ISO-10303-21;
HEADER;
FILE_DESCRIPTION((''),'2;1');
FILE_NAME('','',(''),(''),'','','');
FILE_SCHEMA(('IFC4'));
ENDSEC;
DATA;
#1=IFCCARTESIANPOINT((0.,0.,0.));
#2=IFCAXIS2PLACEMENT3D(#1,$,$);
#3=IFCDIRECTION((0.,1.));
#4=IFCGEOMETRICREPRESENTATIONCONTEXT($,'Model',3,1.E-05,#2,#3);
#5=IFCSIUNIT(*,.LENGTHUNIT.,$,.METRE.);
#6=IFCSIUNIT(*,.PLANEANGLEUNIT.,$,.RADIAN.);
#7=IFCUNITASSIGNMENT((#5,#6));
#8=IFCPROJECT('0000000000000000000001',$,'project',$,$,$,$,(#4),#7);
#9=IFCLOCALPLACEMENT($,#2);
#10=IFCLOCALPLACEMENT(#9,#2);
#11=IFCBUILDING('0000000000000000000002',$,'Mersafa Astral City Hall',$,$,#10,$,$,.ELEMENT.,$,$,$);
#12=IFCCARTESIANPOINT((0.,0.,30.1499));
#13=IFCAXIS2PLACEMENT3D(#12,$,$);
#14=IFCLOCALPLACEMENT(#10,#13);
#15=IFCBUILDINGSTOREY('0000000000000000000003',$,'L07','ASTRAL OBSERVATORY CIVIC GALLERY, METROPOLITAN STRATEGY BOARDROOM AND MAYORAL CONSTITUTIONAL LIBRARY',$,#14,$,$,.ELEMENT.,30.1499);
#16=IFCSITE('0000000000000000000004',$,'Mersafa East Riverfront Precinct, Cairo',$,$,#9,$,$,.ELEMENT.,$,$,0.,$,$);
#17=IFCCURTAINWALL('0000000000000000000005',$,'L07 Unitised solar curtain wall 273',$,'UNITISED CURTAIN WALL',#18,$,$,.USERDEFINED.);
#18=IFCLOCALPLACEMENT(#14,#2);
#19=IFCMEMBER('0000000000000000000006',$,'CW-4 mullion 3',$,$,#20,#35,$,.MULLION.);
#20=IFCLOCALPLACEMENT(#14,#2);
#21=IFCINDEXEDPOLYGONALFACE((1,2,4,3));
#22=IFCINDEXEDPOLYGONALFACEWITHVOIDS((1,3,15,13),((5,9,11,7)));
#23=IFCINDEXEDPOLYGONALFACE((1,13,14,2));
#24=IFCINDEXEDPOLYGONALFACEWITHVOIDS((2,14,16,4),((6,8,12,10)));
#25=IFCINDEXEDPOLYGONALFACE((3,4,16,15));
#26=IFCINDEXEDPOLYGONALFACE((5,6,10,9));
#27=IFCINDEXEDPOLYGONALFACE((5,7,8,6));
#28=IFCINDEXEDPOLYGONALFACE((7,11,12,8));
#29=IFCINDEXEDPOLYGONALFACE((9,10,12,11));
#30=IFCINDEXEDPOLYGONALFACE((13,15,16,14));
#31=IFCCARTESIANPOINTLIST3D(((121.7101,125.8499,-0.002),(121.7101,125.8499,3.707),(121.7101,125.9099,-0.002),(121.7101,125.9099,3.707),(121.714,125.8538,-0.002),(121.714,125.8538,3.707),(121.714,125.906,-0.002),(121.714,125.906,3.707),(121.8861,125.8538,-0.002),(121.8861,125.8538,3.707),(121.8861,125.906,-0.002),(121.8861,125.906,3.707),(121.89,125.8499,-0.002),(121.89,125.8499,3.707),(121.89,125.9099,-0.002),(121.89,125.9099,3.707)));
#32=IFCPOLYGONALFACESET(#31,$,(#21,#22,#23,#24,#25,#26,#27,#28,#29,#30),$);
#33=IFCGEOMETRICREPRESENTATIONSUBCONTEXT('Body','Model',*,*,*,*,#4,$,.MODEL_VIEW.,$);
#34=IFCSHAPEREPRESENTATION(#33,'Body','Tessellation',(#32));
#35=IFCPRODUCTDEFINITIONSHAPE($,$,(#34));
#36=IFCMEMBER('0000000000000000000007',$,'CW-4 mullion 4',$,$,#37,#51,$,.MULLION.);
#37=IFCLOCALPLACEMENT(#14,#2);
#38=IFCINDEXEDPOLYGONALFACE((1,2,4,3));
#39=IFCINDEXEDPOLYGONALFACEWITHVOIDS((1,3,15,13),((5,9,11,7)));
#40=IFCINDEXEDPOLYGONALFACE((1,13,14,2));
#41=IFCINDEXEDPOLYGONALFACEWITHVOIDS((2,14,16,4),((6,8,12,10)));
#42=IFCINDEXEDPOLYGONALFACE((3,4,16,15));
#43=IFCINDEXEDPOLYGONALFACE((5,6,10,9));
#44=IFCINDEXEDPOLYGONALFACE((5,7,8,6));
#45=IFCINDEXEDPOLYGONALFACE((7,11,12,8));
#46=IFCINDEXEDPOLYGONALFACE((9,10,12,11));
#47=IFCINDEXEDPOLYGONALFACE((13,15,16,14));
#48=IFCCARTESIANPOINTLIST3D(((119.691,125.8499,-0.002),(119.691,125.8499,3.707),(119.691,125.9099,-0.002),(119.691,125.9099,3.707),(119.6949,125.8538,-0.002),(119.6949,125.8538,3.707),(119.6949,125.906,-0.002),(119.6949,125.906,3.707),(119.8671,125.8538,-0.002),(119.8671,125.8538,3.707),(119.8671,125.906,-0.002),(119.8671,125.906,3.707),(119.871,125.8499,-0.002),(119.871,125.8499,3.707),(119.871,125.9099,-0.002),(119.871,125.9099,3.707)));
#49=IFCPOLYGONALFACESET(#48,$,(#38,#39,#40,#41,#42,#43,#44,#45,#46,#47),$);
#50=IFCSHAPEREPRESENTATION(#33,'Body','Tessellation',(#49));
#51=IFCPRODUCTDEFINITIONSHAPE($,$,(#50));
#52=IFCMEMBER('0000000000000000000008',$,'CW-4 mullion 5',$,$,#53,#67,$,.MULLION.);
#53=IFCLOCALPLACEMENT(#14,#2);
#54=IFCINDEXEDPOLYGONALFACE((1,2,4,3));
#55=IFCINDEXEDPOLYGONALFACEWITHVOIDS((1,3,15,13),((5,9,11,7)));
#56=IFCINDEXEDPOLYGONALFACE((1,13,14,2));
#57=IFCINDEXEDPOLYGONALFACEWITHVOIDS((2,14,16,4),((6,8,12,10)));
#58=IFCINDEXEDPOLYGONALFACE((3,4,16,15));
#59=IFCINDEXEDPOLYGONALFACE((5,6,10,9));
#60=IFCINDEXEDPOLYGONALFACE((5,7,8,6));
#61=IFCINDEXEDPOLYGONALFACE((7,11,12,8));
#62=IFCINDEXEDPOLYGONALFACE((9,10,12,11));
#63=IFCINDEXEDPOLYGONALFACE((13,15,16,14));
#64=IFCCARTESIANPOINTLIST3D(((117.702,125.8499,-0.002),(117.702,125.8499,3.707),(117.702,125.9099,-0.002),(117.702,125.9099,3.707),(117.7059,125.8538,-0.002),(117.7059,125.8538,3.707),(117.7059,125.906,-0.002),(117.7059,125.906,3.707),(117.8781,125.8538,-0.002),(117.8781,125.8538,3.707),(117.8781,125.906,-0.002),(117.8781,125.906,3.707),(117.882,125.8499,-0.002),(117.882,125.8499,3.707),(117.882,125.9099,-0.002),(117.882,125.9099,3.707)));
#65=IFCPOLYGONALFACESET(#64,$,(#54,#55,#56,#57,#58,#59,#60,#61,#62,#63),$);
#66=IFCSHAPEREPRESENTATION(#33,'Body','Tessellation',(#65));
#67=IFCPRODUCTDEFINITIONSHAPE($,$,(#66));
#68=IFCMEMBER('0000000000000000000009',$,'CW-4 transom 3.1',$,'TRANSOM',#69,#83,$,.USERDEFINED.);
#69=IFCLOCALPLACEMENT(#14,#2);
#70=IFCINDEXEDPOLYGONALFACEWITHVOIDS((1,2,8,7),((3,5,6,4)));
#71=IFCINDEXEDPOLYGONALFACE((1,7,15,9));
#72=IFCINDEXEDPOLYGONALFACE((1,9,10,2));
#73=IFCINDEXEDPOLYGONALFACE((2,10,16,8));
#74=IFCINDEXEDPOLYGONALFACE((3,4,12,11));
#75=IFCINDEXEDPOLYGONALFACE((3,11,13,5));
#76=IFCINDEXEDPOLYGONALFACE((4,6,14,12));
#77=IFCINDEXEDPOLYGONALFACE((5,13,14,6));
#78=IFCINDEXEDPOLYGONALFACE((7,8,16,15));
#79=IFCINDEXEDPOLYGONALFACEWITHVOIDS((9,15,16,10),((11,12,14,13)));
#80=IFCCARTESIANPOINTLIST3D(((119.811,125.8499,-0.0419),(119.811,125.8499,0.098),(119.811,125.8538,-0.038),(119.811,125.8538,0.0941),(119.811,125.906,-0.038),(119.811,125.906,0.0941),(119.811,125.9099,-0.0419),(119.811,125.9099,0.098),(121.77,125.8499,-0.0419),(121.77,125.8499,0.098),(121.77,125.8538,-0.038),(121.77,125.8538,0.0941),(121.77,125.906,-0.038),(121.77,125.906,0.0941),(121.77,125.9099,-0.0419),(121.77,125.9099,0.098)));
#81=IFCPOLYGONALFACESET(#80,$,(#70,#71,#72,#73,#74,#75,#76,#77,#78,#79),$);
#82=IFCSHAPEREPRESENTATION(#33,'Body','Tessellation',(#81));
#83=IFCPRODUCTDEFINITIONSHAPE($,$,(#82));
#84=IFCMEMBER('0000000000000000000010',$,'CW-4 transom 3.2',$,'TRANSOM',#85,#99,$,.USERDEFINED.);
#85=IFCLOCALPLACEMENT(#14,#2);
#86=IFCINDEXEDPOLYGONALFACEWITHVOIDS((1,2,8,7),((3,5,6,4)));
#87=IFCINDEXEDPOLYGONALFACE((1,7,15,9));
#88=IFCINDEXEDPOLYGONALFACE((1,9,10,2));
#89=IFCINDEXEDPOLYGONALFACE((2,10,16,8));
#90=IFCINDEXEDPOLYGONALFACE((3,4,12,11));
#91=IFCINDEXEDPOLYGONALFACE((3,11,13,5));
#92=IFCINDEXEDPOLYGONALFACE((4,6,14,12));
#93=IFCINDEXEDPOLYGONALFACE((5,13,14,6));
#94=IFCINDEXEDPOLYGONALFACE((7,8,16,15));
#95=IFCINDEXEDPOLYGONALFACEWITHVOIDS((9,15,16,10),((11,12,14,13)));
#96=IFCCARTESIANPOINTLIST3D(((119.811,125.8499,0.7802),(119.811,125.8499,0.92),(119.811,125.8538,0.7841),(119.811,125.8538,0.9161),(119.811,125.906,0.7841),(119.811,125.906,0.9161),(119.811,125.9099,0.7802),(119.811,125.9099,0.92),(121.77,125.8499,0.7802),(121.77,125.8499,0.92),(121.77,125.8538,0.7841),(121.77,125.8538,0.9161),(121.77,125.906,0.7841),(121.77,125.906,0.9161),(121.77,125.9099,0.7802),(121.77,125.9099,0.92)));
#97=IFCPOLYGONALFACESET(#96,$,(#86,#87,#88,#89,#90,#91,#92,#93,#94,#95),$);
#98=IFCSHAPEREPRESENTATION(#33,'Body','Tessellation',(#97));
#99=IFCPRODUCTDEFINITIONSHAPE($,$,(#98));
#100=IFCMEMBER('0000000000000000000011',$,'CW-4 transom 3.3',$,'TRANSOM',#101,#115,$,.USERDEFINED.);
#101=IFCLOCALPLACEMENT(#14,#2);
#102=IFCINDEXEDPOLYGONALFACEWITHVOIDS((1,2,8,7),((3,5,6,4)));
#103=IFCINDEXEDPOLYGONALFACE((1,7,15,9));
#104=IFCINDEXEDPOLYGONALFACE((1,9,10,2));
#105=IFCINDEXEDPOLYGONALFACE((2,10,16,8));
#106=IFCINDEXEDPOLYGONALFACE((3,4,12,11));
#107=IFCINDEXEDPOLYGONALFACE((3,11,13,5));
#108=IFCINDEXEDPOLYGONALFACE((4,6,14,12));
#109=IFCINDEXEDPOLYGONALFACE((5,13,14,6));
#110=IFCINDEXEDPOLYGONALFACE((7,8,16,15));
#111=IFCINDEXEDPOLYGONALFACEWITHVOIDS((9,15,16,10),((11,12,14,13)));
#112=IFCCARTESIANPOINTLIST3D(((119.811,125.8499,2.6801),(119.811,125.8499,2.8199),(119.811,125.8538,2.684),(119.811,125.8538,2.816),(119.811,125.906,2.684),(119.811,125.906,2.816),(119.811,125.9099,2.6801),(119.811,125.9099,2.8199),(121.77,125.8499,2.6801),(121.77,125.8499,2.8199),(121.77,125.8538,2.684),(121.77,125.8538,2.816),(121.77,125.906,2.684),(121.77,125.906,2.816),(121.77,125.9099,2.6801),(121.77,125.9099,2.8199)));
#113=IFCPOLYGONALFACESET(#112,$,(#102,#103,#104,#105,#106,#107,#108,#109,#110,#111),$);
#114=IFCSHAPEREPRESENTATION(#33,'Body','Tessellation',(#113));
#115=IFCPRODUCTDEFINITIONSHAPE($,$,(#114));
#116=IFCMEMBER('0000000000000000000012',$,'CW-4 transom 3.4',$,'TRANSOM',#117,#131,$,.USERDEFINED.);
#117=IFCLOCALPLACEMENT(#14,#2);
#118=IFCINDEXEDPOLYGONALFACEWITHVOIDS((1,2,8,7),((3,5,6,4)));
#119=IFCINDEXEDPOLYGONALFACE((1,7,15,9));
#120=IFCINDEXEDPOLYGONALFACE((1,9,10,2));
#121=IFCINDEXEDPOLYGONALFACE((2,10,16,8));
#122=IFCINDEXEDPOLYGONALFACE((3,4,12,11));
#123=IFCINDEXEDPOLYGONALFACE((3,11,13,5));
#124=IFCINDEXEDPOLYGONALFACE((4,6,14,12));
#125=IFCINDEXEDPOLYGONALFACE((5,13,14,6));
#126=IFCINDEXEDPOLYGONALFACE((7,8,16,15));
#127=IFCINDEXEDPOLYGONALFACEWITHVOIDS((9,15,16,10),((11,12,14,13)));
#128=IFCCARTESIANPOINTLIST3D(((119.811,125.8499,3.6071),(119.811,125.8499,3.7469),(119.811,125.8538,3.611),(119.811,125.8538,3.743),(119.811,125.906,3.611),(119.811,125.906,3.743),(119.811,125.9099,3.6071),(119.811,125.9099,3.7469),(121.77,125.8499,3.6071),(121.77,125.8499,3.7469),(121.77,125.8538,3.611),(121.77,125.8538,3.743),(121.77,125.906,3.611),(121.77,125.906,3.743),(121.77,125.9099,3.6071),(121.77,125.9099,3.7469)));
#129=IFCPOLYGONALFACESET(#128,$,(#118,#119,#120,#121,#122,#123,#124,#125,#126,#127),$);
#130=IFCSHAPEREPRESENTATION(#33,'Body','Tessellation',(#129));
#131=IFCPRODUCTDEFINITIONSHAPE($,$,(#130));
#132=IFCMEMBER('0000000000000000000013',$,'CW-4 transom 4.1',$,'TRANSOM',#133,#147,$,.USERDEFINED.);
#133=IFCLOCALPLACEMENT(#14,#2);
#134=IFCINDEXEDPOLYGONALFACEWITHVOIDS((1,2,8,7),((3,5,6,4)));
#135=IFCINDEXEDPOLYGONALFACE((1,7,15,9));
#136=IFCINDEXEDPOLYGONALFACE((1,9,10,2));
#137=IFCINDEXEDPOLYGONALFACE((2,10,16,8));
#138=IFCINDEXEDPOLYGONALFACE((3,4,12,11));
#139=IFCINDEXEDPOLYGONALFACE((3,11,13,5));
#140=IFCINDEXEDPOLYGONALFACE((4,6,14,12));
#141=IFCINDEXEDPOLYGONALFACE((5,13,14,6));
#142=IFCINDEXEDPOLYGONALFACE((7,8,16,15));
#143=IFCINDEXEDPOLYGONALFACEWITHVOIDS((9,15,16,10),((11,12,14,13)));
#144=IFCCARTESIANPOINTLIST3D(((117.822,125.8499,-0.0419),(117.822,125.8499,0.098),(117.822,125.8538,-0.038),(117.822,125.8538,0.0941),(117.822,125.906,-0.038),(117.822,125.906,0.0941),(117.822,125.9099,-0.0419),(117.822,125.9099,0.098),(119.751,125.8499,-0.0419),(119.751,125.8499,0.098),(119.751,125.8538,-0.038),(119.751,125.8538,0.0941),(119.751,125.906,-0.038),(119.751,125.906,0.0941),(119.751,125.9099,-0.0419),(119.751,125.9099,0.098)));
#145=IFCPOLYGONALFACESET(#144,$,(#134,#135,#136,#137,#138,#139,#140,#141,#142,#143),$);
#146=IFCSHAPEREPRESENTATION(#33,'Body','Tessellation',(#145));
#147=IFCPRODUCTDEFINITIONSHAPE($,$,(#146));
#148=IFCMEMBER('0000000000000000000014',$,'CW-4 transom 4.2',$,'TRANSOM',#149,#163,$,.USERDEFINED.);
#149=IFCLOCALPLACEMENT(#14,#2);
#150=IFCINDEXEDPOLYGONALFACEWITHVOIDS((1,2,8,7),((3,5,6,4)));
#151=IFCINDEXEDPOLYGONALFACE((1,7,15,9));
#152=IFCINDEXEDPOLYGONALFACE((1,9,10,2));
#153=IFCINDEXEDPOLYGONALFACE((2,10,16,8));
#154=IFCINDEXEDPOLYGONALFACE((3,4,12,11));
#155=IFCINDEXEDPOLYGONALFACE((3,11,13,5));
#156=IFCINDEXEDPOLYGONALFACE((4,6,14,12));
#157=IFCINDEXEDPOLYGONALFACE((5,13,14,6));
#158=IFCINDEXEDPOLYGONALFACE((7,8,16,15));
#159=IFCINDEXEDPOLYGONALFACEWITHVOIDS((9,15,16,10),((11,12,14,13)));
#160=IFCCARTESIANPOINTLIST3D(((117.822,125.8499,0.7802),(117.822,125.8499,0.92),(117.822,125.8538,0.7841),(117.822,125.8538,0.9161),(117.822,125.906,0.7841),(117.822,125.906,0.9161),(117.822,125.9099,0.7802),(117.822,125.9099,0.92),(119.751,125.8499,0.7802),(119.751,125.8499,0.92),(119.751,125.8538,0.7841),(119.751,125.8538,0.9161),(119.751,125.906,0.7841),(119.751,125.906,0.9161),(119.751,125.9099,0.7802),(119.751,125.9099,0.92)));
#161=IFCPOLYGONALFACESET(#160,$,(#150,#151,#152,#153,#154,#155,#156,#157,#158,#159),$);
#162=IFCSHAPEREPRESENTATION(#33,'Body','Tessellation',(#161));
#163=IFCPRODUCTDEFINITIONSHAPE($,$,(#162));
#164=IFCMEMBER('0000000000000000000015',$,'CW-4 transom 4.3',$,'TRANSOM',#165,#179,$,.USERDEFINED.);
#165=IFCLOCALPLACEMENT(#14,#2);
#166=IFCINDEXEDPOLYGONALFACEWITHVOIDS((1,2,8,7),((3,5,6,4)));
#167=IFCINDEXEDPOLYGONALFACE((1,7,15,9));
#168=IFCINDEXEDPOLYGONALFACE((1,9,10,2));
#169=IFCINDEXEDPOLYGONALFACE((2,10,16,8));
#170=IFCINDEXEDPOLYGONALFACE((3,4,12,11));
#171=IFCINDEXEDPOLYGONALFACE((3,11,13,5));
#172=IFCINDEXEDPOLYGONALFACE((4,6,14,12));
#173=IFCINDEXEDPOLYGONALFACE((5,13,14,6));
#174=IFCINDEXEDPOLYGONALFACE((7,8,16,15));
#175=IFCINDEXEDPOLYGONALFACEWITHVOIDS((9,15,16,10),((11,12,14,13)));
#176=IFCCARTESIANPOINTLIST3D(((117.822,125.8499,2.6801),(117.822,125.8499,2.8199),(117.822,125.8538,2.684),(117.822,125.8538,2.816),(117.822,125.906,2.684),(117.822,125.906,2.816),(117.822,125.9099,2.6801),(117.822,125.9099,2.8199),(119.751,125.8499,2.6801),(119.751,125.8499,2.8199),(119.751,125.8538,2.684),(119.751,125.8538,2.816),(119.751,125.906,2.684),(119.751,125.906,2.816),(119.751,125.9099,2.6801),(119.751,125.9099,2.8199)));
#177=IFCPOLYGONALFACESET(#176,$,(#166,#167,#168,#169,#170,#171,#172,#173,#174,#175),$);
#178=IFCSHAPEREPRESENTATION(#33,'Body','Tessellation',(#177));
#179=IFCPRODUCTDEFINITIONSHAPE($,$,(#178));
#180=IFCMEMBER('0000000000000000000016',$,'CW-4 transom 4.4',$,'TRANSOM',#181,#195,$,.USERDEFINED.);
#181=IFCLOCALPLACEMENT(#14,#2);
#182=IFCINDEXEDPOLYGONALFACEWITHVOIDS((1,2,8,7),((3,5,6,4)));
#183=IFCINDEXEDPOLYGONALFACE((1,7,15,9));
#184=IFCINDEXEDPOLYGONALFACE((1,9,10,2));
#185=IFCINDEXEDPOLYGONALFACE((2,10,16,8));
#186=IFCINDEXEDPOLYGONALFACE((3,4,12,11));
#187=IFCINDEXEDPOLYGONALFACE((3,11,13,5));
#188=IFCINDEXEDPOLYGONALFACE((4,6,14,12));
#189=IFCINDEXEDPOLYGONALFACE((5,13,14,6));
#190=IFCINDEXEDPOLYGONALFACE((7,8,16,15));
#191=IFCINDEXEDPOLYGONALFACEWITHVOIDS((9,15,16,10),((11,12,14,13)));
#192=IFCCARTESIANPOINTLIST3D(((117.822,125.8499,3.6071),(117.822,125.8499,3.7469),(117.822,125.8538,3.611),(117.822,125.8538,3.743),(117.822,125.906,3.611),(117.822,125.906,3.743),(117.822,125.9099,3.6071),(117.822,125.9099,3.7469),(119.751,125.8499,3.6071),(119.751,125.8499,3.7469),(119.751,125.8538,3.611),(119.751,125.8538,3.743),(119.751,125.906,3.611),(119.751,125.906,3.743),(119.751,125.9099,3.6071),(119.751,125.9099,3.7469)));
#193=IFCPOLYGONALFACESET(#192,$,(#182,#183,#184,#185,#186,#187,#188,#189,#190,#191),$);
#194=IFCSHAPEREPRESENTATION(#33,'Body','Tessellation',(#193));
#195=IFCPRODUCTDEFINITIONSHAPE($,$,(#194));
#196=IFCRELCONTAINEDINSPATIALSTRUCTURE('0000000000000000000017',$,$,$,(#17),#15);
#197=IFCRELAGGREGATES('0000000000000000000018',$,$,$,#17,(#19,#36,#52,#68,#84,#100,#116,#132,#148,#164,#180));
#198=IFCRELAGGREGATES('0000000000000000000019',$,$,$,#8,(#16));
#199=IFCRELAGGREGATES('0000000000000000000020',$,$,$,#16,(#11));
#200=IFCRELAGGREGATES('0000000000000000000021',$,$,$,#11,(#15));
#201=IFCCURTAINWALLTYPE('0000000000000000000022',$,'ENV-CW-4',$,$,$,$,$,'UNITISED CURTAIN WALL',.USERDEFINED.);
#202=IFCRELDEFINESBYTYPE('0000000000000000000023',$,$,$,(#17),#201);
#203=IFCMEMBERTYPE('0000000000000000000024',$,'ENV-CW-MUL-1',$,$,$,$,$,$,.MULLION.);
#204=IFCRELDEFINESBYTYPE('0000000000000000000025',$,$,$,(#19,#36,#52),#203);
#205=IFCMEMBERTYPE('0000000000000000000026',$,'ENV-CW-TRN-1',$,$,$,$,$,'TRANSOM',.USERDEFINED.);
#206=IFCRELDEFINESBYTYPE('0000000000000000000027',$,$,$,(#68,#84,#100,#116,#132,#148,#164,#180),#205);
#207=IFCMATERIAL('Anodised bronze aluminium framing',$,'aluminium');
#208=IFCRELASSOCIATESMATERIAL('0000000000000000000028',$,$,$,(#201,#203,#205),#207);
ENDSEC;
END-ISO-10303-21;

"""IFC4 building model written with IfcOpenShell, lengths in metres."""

from ifc_helpers import new_model, si_unit, direction, frame, origin, origin_2d, place, context, subcontext, project, spatial, hollow_rectangle, extrude, material, material_profile, profile_set, type_object, element, aggregate, save


model = new_model("IFC4")

# Units and contexts
model_context = context("Model", 3, precision=1e-05, world=origin(), true_north=direction((0.0, 1.0)))
body_context = subcontext(model_context, "Body", "Model", "MODEL_VIEW")
ifc_project = project(units=[si_unit("LENGTHUNIT", "METRE"), si_unit("PLANEANGLEUNIT", "RADIAN")], contexts=[model_context])

# Site, building, storey
site_placement = place(None, origin())
site = spatial("IfcSite", under=ifc_project, at=site_placement, Name="Mersafa East Riverfront Precinct, Cairo", CompositionType="ELEMENT", RefElevation=0.0)
building_placement = place(site_placement, origin())
building = spatial("IfcBuilding", under=site, at=building_placement, Name="Mersafa Astral City Hall", CompositionType="ELEMENT")
storey_placement = place(building_placement, frame((0.0, 0.0, 30.1499)))
storey = spatial("IfcBuildingStorey", under=building, at=storey_placement, Name="L07", Description="ASTRAL OBSERVATORY CIVIC GALLERY, METROPOLITAN STRATEGY BOARDROOM AND MAYORAL CONSTITUTIONAL LIBRARY", CompositionType="ELEMENT", Elevation=30.1499)

# Curtain wall, members
ifc_material_1 = material(Name="Anodised bronze aluminium framing", Category="aluminium")
curtain_wall_type = type_object("IfcCurtainWallType", Name="ENV-CW-4", ElementType="UNITISED CURTAIN WALL", PredefinedType="USERDEFINED", material=ifc_material_1)
curtain_wall_placement = place(storey_placement, origin())
curtain_wall = element("IfcCurtainWall", 1, at=curtain_wall_placement, inside=storey, type_object=curtain_wall_type, Name="L07 Unitised solar curtain wall 273", ObjectType="UNITISED CURTAIN WALL", PredefinedType="USERDEFINED")
ifc_material_profile_1 = material_profile(ifc_material_1, hollow_rectangle(XDim=0.0601, YDim=0.1799, WallThickness=0.0039, at=origin_2d()), Name="RHS 60x180x4")
ifc_profile_set_1 = profile_set([ifc_material_profile_1], Name="Anodised bronze aluminium framing")
member_type_1 = type_object("IfcMemberType", Name="ENV-CW-MUL-1", PredefinedType="MULLION", material=ifc_profile_set_1)
member_1_placement = place(storey_placement, frame((121.8, 125.8799, -0.002), z_axis=(0.0, 0.0, 1.0), x_axis=(0.0, -1.0, 0.0)))
member_1 = element("IfcMember", 2, at=member_1_placement, type_object=member_type_1, Name="CW-4 mullion 3", PredefinedType="MULLION", context=body_context, shape_type="SweptSolid", body=[
    extrude(hollow_rectangle(XDim=0.0601, YDim=0.1799, WallThickness=0.0039, at=origin_2d()), origin(), (0.0, 0.0, 1.0), 3.709),
])
member_2_placement = place(storey_placement, frame((119.781, 125.8799, -0.002), z_axis=(0.0, 0.0, 1.0), x_axis=(0.0, -1.0, 0.0)))
member_2 = element("IfcMember", 3, at=member_2_placement, type_object=member_type_1, Name="CW-4 mullion 4", PredefinedType="MULLION", context=body_context, shape_type="SweptSolid", body=[
    extrude(hollow_rectangle(XDim=0.0601, YDim=0.1799, WallThickness=0.0039, at=origin_2d()), origin(), (0.0, 0.0, 1.0), 3.709),
])
member_3_placement = place(storey_placement, frame((117.792, 125.8799, -0.002), z_axis=(0.0, 0.0, 1.0), x_axis=(0.0, -1.0, 0.0)))
member_3 = element("IfcMember", 4, at=member_3_placement, type_object=member_type_1, Name="CW-4 mullion 5", PredefinedType="MULLION", context=body_context, shape_type="SweptSolid", body=[
    extrude(hollow_rectangle(XDim=0.0601, YDim=0.1799, WallThickness=0.0039, at=origin_2d()), origin(), (0.0, 0.0, 1.0), 3.709),
])
ifc_material_profile_2 = material_profile(ifc_material_1, hollow_rectangle(XDim=0.0601, YDim=0.1399, WallThickness=0.0039, at=origin_2d()), Name="RHS 60x140x4")
ifc_profile_set_2 = profile_set([ifc_material_profile_2], Name="Anodised bronze aluminium framing")
member_type_2 = type_object("IfcMemberType", Name="ENV-CW-TRN-1", ElementType="TRANSOM", PredefinedType="USERDEFINED", material=ifc_profile_set_2)
member_4_placement = place(storey_placement, frame((121.77, 125.8799, 0.0281), z_axis=(-1.0, 0.0, 0.0), x_axis=(0.0, -1.0, 0.0)))
member_4 = element("IfcMember", 5, at=member_4_placement, type_object=member_type_2, Name="CW-4 transom 3.1", ObjectType="TRANSOM", PredefinedType="USERDEFINED", context=body_context, shape_type="SweptSolid", body=[
    extrude(hollow_rectangle(XDim=0.0601, YDim=0.1399, WallThickness=0.0039, at=origin_2d()), origin(), (0.0, 0.0, 1.0), 1.959),
])
member_5_placement = place(storey_placement, frame((121.77, 125.8799, 0.8501), z_axis=(-1.0, 0.0, 0.0), x_axis=(0.0, -1.0, 0.0)))
member_5 = element("IfcMember", 6, at=member_5_placement, type_object=member_type_2, Name="CW-4 transom 3.2", ObjectType="TRANSOM", PredefinedType="USERDEFINED", context=body_context, shape_type="SweptSolid", body=[
    extrude(hollow_rectangle(XDim=0.0601, YDim=0.1399, WallThickness=0.0039, at=origin_2d()), origin(), (0.0, 0.0, 1.0), 1.959),
])
member_6_placement = place(storey_placement, frame((121.77, 125.8799, 2.75), z_axis=(-1.0, 0.0, 0.0), x_axis=(0.0, -1.0, 0.0)))
member_6 = element("IfcMember", 7, at=member_6_placement, type_object=member_type_2, Name="CW-4 transom 3.3", ObjectType="TRANSOM", PredefinedType="USERDEFINED", context=body_context, shape_type="SweptSolid", body=[
    extrude(hollow_rectangle(XDim=0.0601, YDim=0.1399, WallThickness=0.0039, at=origin_2d()), origin(), (0.0, 0.0, 1.0), 1.959),
])
member_7_placement = place(storey_placement, frame((121.77, 125.8799, 3.677), z_axis=(-1.0, 0.0, 0.0), x_axis=(0.0, -1.0, 0.0)))
member_7 = element("IfcMember", 8, at=member_7_placement, type_object=member_type_2, Name="CW-4 transom 3.4", ObjectType="TRANSOM", PredefinedType="USERDEFINED", context=body_context, shape_type="SweptSolid", body=[
    extrude(hollow_rectangle(XDim=0.0601, YDim=0.1399, WallThickness=0.0039, at=origin_2d()), origin(), (0.0, 0.0, 1.0), 1.959),
])
member_8_placement = place(storey_placement, frame((119.751, 125.8799, 0.0281), z_axis=(-1.0, 0.0, 0.0), x_axis=(0.0, -1.0, 0.0)))
member_8 = element("IfcMember", 9, at=member_8_placement, type_object=member_type_2, Name="CW-4 transom 4.1", ObjectType="TRANSOM", PredefinedType="USERDEFINED", context=body_context, shape_type="SweptSolid", body=[
    extrude(hollow_rectangle(XDim=0.0601, YDim=0.1399, WallThickness=0.0039, at=origin_2d()), origin(), (0.0, 0.0, 1.0), 1.929),
])
member_9_placement = place(storey_placement, frame((119.751, 125.8799, 0.8501), z_axis=(-1.0, 0.0, 0.0), x_axis=(0.0, -1.0, 0.0)))
member_9 = element("IfcMember", 10, at=member_9_placement, type_object=member_type_2, Name="CW-4 transom 4.2", ObjectType="TRANSOM", PredefinedType="USERDEFINED", context=body_context, shape_type="SweptSolid", body=[
    extrude(hollow_rectangle(XDim=0.0601, YDim=0.1399, WallThickness=0.0039, at=origin_2d()), origin(), (0.0, 0.0, 1.0), 1.929),
])
member_10_placement = place(storey_placement, frame((119.751, 125.8799, 2.75), z_axis=(-1.0, 0.0, 0.0), x_axis=(0.0, -1.0, 0.0)))
member_10 = element("IfcMember", 11, at=member_10_placement, type_object=member_type_2, Name="CW-4 transom 4.3", ObjectType="TRANSOM", PredefinedType="USERDEFINED", context=body_context, shape_type="SweptSolid", body=[
    extrude(hollow_rectangle(XDim=0.0601, YDim=0.1399, WallThickness=0.0039, at=origin_2d()), origin(), (0.0, 0.0, 1.0), 1.929),
])
member_11_placement = place(storey_placement, frame((119.751, 125.8799, 3.677), z_axis=(-1.0, 0.0, 0.0), x_axis=(0.0, -1.0, 0.0)))
member_11 = element("IfcMember", 12, at=member_11_placement, type_object=member_type_2, Name="CW-4 transom 4.4", ObjectType="TRANSOM", PredefinedType="USERDEFINED", context=body_context, shape_type="SweptSolid", body=[
    extrude(hollow_rectangle(XDim=0.0601, YDim=0.1399, WallThickness=0.0039, at=origin_2d()), origin(), (0.0, 0.0, 1.0), 1.929),
])

aggregate(curtain_wall, [member_1, member_2, member_3, member_4, member_5, member_6, member_7, member_8, member_9, member_10, member_11])

save(model, "model.ifc")
